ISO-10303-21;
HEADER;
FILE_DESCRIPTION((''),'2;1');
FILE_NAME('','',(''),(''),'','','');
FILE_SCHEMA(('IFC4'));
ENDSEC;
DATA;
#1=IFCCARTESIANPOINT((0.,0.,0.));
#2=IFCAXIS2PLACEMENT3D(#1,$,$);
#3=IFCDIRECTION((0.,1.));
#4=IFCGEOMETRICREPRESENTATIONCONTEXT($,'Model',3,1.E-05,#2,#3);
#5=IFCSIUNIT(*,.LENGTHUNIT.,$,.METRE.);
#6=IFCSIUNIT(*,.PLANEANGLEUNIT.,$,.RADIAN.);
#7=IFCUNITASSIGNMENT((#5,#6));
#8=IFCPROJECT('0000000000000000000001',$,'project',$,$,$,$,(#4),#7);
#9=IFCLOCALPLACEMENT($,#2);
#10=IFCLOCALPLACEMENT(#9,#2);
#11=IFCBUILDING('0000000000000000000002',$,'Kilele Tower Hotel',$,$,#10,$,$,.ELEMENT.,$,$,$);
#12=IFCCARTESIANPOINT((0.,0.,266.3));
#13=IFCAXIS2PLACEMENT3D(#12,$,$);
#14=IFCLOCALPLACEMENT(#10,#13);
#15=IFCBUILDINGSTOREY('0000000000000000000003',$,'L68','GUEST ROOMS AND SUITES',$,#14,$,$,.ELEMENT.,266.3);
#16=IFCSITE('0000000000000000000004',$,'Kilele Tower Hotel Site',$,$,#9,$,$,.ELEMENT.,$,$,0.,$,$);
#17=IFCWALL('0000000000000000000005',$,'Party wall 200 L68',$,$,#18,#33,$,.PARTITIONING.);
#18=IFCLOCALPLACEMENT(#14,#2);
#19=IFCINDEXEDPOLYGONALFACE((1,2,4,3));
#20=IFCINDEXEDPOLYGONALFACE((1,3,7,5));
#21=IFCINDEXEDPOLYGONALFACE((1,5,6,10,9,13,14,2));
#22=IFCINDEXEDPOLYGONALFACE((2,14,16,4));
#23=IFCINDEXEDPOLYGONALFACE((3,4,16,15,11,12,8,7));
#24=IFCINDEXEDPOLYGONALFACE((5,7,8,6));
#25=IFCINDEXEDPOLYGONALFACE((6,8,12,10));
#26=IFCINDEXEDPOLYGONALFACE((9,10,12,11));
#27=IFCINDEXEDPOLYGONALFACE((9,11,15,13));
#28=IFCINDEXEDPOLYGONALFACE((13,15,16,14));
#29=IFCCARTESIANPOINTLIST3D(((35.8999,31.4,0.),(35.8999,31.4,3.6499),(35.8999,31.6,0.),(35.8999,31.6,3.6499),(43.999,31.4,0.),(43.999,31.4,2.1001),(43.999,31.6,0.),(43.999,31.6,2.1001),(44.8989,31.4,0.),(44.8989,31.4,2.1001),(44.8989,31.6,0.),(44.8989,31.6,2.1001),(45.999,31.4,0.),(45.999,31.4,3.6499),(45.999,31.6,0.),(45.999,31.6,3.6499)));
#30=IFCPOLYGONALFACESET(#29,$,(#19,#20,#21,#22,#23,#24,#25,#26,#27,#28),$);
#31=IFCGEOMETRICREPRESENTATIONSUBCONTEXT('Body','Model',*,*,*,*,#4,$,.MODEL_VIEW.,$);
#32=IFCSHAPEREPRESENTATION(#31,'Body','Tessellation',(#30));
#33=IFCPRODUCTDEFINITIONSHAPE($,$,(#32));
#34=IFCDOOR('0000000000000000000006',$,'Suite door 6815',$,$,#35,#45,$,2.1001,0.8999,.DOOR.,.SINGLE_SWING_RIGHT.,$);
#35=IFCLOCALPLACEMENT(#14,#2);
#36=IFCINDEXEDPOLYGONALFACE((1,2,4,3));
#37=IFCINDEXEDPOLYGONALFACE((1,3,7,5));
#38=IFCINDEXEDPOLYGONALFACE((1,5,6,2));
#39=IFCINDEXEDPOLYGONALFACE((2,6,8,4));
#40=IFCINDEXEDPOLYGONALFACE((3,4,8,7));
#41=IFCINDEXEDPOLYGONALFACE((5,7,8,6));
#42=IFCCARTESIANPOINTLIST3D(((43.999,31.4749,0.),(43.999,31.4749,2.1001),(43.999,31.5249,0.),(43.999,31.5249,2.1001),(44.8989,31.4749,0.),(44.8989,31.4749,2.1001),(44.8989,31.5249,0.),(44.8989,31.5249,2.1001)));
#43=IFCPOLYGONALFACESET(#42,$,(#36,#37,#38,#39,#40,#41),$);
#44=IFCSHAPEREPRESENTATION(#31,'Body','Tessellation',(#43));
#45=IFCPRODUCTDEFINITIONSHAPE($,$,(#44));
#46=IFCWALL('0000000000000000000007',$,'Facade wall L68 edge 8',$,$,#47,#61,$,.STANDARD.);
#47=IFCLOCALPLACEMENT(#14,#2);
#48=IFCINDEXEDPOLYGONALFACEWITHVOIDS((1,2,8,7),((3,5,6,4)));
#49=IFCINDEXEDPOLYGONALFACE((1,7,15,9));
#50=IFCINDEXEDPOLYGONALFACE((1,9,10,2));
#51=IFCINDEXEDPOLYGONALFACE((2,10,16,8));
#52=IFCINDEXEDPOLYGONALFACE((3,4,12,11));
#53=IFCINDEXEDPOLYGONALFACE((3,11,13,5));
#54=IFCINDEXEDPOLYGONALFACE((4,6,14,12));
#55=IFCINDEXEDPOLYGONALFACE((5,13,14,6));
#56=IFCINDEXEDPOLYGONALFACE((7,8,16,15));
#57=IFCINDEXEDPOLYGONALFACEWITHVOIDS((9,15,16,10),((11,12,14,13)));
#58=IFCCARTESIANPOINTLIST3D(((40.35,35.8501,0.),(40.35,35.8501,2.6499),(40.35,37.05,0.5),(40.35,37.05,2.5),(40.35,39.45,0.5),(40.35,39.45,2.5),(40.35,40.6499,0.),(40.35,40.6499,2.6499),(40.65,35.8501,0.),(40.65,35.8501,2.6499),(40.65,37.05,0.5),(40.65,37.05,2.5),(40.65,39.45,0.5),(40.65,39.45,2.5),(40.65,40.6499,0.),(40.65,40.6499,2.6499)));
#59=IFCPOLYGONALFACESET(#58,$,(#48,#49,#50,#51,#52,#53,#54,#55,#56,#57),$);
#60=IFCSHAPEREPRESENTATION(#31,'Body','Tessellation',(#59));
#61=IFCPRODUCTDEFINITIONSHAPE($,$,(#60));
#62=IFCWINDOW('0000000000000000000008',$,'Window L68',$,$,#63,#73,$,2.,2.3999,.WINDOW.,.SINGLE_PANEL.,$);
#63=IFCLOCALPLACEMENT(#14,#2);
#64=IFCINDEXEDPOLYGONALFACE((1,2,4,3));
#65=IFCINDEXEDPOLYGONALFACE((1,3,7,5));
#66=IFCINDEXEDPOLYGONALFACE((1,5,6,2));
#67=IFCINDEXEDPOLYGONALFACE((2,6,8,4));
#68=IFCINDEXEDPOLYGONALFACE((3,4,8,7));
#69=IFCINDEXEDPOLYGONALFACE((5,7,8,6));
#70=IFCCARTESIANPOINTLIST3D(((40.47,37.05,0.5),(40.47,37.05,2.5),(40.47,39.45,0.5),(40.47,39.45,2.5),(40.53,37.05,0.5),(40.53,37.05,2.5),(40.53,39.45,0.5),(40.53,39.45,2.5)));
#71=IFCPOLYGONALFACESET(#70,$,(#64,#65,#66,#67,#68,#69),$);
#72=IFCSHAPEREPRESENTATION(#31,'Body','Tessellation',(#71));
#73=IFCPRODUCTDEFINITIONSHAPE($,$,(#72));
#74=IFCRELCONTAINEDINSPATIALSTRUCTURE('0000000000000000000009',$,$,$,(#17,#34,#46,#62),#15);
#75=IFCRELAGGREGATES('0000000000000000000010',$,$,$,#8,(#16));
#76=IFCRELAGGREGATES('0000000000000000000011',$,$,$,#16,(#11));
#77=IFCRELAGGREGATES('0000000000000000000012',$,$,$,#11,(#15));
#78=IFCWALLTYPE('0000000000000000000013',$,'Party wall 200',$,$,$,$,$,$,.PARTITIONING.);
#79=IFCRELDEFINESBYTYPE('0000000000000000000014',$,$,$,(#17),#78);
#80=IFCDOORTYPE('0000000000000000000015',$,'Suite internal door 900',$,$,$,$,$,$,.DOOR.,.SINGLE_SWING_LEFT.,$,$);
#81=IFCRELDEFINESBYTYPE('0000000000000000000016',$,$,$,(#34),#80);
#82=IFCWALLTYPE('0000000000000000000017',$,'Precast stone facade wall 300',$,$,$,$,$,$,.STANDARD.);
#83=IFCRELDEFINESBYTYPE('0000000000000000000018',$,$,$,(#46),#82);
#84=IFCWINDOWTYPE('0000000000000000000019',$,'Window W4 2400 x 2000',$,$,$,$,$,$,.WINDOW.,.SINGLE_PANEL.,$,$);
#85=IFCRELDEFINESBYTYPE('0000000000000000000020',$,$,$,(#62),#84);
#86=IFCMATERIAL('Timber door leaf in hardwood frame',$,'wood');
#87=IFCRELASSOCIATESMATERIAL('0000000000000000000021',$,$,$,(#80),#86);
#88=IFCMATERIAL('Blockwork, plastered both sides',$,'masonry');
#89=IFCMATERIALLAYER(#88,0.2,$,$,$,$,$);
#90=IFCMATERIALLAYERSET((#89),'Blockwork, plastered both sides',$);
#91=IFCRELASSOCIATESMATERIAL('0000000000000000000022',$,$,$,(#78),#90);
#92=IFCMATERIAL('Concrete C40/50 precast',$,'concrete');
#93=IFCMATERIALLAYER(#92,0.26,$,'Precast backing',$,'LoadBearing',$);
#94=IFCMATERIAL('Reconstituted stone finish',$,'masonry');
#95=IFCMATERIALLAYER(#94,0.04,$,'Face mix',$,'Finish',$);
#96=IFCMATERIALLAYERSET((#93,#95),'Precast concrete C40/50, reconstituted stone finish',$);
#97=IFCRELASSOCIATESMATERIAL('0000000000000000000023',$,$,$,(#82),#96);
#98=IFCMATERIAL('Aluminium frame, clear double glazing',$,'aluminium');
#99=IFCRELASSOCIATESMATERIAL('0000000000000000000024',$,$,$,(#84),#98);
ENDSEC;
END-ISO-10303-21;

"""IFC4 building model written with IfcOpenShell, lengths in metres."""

from ifc_helpers import new_model, si_unit, direction, frame, frame_2d, origin, place, context, subcontext, project, spatial, rectangle, extrude, material, layer, layer_set, type_object, element, fill, save


model = new_model("IFC4")

# Units and contexts
model_context = context("Model", 3, precision=1e-05, world=origin(), true_north=direction((0.0, 1.0)))
body_context = subcontext(model_context, "Body", "Model", "MODEL_VIEW")
ifc_project = project(units=[si_unit("LENGTHUNIT", "METRE"), si_unit("PLANEANGLEUNIT", "RADIAN")], contexts=[model_context])

# Site, building, storey
site_placement = place(None, origin())
site = spatial("IfcSite", under=ifc_project, at=site_placement, Name="Kilele Tower Hotel Site", CompositionType="ELEMENT", RefElevation=0.0)
building_placement = place(site_placement, origin())
building = spatial("IfcBuilding", under=site, at=building_placement, Name="Kilele Tower Hotel", CompositionType="ELEMENT")
storey_placement = place(building_placement, frame((0.0, 0.0, 266.3)))
storey = spatial("IfcBuildingStorey", under=building, at=storey_placement, Name="L68", Description="GUEST ROOMS AND SUITES", CompositionType="ELEMENT", Elevation=266.3)

# Shared definitions
ifc_material_1 = material(Name="Timber door leaf in hardwood frame", Category="wood")
door_type_1 = type_object("IfcDoorType", Name="Suite internal door 900", OperationType="SINGLE_SWING_LEFT", PredefinedType="DOOR", material=ifc_material_1)

# Shared definitions
ifc_material_2 = material(Name="Blockwork, plastered both sides", Category="masonry")
ifc_layer_1 = layer(ifc_material_2, 0.2)
ifc_layer_set_1 = layer_set([ifc_layer_1], Name="Blockwork, plastered both sides")
wall_type_1 = type_object("IfcWallType", Name="Party wall 200", PredefinedType="PARTITIONING", material=ifc_layer_set_1)

# Wall, opening, door
wall_1_placement = place(storey_placement, frame((35.8999, 31.5, 0.0), z_axis=(0.0, 0.0, 1.0), x_axis=(1.0, 0.0, 0.0)))
wall_1 = element("IfcWall", 1, at=wall_1_placement, inside=storey, type_object=wall_type_1, Name="Party wall 200 L68", PredefinedType="PARTITIONING", context=body_context, shape_type="SweptSolid", body=[
    extrude(rectangle(XDim=10.0991, YDim=0.2, at=frame_2d((5.0496, 0.0))), origin(), (0.0, 0.0, 1.0), 3.6499),
])
opening_1_placement = place(wall_1_placement, frame((8.0991, 0.0, 0.0)))
opening_1 = element("IfcOpeningElement", 2, at=opening_1_placement, cuts=wall_1, PredefinedType="OPENING", context=body_context, shape_type="SweptSolid", body=[
    extrude(rectangle(XDim=0.8999, YDim=2.1001, at=frame_2d((0.45, 1.05))), frame((0.0, 0.1099, 0.0), z_axis=(0.0, -1.0, 0.0), x_axis=(1.0, 0.0, 0.0)), (0.0, 0.0, 1.0), 0.22),
])
door_1_placement = place(opening_1_placement, origin())
door_1 = element("IfcDoor", 3, at=door_1_placement, inside=storey, type_object=door_type_1, Name="Suite door 6815", OperationType="SINGLE_SWING_RIGHT", OverallHeight=2.1001, OverallWidth=0.8999, PredefinedType="DOOR", context=body_context, shape_type="SweptSolid", body=[
    extrude(rectangle(XDim=0.8999, YDim=2.1001, at=frame_2d((0.45, 1.05))), frame((0.0, 0.0249, 0.0), z_axis=(0.0, -1.0, 0.0), x_axis=(1.0, 0.0, 0.0)), (0.0, 0.0, 1.0), 0.05),
])
fill(opening_1, door_1)

# Wall, opening, window
ifc_material_3 = material(Name="Concrete C40/50 precast", Category="concrete")
ifc_layer_2 = layer(ifc_material_3, 0.26, Name="Precast backing", Category="LoadBearing")
ifc_material_4 = material(Name="Reconstituted stone finish", Category="masonry")
ifc_layer_3 = layer(ifc_material_4, 0.04, Name="Face mix", Category="Finish")
ifc_layer_set_2 = layer_set([ifc_layer_2, ifc_layer_3], Name="Precast concrete C40/50, reconstituted stone finish")
wall_type_2 = type_object("IfcWallType", Name="Precast stone facade wall 300", PredefinedType="STANDARD", material=ifc_layer_set_2)
wall_2_placement = place(storey_placement, frame((40.5, 35.8501, 0.0), z_axis=(0.0, 0.0, 1.0), x_axis=(0.0, 1.0, 0.0)))
wall_2 = element("IfcWall", 4, at=wall_2_placement, inside=storey, type_object=wall_type_2, Name="Facade wall L68 edge 8", PredefinedType="STANDARD", context=body_context, shape_type="SweptSolid", body=[
    extrude(rectangle(XDim=4.7998, YDim=0.3, at=frame_2d((2.3999, 0.0))), origin(), (0.0, 0.0, 1.0), 2.6499),
])
opening_2_placement = place(wall_2_placement, frame((1.2, 0.0, 0.5)))
opening_2 = element("IfcOpeningElement", 5, at=opening_2_placement, cuts=wall_2, PredefinedType="OPENING", context=body_context, shape_type="SweptSolid", body=[
    extrude(rectangle(XDim=2.3999, YDim=2.0, at=frame_2d((1.2, 1.0))), frame((0.0, 0.1599, 0.0), z_axis=(0.0, -1.0, 0.0), x_axis=(1.0, 0.0, 0.0)), (0.0, 0.0, 1.0), 0.3201),
])
ifc_material_5 = material(Name="Aluminium frame, clear double glazing", Category="aluminium")
window_type = type_object("IfcWindowType", Name="Window W4 2400 x 2000", PartitioningType="SINGLE_PANEL", PredefinedType="WINDOW", material=ifc_material_5)
window_placement = place(opening_2_placement, origin())
window = element("IfcWindow", 6, at=window_placement, inside=storey, type_object=window_type, Name="Window L68", OverallHeight=2.0, OverallWidth=2.3999, PartitioningType="SINGLE_PANEL", PredefinedType="WINDOW", context=body_context, shape_type="SweptSolid", body=[
    extrude(rectangle(XDim=2.3999, YDim=2.0, at=frame_2d((1.2, 1.0))), frame((0.0, 0.03, 0.0), z_axis=(0.0, -1.0, 0.0), x_axis=(1.0, 0.0, 0.0)), (0.0, 0.0, 1.0), 0.0601),
])
fill(opening_2, window)

save(model, "model.ifc")
